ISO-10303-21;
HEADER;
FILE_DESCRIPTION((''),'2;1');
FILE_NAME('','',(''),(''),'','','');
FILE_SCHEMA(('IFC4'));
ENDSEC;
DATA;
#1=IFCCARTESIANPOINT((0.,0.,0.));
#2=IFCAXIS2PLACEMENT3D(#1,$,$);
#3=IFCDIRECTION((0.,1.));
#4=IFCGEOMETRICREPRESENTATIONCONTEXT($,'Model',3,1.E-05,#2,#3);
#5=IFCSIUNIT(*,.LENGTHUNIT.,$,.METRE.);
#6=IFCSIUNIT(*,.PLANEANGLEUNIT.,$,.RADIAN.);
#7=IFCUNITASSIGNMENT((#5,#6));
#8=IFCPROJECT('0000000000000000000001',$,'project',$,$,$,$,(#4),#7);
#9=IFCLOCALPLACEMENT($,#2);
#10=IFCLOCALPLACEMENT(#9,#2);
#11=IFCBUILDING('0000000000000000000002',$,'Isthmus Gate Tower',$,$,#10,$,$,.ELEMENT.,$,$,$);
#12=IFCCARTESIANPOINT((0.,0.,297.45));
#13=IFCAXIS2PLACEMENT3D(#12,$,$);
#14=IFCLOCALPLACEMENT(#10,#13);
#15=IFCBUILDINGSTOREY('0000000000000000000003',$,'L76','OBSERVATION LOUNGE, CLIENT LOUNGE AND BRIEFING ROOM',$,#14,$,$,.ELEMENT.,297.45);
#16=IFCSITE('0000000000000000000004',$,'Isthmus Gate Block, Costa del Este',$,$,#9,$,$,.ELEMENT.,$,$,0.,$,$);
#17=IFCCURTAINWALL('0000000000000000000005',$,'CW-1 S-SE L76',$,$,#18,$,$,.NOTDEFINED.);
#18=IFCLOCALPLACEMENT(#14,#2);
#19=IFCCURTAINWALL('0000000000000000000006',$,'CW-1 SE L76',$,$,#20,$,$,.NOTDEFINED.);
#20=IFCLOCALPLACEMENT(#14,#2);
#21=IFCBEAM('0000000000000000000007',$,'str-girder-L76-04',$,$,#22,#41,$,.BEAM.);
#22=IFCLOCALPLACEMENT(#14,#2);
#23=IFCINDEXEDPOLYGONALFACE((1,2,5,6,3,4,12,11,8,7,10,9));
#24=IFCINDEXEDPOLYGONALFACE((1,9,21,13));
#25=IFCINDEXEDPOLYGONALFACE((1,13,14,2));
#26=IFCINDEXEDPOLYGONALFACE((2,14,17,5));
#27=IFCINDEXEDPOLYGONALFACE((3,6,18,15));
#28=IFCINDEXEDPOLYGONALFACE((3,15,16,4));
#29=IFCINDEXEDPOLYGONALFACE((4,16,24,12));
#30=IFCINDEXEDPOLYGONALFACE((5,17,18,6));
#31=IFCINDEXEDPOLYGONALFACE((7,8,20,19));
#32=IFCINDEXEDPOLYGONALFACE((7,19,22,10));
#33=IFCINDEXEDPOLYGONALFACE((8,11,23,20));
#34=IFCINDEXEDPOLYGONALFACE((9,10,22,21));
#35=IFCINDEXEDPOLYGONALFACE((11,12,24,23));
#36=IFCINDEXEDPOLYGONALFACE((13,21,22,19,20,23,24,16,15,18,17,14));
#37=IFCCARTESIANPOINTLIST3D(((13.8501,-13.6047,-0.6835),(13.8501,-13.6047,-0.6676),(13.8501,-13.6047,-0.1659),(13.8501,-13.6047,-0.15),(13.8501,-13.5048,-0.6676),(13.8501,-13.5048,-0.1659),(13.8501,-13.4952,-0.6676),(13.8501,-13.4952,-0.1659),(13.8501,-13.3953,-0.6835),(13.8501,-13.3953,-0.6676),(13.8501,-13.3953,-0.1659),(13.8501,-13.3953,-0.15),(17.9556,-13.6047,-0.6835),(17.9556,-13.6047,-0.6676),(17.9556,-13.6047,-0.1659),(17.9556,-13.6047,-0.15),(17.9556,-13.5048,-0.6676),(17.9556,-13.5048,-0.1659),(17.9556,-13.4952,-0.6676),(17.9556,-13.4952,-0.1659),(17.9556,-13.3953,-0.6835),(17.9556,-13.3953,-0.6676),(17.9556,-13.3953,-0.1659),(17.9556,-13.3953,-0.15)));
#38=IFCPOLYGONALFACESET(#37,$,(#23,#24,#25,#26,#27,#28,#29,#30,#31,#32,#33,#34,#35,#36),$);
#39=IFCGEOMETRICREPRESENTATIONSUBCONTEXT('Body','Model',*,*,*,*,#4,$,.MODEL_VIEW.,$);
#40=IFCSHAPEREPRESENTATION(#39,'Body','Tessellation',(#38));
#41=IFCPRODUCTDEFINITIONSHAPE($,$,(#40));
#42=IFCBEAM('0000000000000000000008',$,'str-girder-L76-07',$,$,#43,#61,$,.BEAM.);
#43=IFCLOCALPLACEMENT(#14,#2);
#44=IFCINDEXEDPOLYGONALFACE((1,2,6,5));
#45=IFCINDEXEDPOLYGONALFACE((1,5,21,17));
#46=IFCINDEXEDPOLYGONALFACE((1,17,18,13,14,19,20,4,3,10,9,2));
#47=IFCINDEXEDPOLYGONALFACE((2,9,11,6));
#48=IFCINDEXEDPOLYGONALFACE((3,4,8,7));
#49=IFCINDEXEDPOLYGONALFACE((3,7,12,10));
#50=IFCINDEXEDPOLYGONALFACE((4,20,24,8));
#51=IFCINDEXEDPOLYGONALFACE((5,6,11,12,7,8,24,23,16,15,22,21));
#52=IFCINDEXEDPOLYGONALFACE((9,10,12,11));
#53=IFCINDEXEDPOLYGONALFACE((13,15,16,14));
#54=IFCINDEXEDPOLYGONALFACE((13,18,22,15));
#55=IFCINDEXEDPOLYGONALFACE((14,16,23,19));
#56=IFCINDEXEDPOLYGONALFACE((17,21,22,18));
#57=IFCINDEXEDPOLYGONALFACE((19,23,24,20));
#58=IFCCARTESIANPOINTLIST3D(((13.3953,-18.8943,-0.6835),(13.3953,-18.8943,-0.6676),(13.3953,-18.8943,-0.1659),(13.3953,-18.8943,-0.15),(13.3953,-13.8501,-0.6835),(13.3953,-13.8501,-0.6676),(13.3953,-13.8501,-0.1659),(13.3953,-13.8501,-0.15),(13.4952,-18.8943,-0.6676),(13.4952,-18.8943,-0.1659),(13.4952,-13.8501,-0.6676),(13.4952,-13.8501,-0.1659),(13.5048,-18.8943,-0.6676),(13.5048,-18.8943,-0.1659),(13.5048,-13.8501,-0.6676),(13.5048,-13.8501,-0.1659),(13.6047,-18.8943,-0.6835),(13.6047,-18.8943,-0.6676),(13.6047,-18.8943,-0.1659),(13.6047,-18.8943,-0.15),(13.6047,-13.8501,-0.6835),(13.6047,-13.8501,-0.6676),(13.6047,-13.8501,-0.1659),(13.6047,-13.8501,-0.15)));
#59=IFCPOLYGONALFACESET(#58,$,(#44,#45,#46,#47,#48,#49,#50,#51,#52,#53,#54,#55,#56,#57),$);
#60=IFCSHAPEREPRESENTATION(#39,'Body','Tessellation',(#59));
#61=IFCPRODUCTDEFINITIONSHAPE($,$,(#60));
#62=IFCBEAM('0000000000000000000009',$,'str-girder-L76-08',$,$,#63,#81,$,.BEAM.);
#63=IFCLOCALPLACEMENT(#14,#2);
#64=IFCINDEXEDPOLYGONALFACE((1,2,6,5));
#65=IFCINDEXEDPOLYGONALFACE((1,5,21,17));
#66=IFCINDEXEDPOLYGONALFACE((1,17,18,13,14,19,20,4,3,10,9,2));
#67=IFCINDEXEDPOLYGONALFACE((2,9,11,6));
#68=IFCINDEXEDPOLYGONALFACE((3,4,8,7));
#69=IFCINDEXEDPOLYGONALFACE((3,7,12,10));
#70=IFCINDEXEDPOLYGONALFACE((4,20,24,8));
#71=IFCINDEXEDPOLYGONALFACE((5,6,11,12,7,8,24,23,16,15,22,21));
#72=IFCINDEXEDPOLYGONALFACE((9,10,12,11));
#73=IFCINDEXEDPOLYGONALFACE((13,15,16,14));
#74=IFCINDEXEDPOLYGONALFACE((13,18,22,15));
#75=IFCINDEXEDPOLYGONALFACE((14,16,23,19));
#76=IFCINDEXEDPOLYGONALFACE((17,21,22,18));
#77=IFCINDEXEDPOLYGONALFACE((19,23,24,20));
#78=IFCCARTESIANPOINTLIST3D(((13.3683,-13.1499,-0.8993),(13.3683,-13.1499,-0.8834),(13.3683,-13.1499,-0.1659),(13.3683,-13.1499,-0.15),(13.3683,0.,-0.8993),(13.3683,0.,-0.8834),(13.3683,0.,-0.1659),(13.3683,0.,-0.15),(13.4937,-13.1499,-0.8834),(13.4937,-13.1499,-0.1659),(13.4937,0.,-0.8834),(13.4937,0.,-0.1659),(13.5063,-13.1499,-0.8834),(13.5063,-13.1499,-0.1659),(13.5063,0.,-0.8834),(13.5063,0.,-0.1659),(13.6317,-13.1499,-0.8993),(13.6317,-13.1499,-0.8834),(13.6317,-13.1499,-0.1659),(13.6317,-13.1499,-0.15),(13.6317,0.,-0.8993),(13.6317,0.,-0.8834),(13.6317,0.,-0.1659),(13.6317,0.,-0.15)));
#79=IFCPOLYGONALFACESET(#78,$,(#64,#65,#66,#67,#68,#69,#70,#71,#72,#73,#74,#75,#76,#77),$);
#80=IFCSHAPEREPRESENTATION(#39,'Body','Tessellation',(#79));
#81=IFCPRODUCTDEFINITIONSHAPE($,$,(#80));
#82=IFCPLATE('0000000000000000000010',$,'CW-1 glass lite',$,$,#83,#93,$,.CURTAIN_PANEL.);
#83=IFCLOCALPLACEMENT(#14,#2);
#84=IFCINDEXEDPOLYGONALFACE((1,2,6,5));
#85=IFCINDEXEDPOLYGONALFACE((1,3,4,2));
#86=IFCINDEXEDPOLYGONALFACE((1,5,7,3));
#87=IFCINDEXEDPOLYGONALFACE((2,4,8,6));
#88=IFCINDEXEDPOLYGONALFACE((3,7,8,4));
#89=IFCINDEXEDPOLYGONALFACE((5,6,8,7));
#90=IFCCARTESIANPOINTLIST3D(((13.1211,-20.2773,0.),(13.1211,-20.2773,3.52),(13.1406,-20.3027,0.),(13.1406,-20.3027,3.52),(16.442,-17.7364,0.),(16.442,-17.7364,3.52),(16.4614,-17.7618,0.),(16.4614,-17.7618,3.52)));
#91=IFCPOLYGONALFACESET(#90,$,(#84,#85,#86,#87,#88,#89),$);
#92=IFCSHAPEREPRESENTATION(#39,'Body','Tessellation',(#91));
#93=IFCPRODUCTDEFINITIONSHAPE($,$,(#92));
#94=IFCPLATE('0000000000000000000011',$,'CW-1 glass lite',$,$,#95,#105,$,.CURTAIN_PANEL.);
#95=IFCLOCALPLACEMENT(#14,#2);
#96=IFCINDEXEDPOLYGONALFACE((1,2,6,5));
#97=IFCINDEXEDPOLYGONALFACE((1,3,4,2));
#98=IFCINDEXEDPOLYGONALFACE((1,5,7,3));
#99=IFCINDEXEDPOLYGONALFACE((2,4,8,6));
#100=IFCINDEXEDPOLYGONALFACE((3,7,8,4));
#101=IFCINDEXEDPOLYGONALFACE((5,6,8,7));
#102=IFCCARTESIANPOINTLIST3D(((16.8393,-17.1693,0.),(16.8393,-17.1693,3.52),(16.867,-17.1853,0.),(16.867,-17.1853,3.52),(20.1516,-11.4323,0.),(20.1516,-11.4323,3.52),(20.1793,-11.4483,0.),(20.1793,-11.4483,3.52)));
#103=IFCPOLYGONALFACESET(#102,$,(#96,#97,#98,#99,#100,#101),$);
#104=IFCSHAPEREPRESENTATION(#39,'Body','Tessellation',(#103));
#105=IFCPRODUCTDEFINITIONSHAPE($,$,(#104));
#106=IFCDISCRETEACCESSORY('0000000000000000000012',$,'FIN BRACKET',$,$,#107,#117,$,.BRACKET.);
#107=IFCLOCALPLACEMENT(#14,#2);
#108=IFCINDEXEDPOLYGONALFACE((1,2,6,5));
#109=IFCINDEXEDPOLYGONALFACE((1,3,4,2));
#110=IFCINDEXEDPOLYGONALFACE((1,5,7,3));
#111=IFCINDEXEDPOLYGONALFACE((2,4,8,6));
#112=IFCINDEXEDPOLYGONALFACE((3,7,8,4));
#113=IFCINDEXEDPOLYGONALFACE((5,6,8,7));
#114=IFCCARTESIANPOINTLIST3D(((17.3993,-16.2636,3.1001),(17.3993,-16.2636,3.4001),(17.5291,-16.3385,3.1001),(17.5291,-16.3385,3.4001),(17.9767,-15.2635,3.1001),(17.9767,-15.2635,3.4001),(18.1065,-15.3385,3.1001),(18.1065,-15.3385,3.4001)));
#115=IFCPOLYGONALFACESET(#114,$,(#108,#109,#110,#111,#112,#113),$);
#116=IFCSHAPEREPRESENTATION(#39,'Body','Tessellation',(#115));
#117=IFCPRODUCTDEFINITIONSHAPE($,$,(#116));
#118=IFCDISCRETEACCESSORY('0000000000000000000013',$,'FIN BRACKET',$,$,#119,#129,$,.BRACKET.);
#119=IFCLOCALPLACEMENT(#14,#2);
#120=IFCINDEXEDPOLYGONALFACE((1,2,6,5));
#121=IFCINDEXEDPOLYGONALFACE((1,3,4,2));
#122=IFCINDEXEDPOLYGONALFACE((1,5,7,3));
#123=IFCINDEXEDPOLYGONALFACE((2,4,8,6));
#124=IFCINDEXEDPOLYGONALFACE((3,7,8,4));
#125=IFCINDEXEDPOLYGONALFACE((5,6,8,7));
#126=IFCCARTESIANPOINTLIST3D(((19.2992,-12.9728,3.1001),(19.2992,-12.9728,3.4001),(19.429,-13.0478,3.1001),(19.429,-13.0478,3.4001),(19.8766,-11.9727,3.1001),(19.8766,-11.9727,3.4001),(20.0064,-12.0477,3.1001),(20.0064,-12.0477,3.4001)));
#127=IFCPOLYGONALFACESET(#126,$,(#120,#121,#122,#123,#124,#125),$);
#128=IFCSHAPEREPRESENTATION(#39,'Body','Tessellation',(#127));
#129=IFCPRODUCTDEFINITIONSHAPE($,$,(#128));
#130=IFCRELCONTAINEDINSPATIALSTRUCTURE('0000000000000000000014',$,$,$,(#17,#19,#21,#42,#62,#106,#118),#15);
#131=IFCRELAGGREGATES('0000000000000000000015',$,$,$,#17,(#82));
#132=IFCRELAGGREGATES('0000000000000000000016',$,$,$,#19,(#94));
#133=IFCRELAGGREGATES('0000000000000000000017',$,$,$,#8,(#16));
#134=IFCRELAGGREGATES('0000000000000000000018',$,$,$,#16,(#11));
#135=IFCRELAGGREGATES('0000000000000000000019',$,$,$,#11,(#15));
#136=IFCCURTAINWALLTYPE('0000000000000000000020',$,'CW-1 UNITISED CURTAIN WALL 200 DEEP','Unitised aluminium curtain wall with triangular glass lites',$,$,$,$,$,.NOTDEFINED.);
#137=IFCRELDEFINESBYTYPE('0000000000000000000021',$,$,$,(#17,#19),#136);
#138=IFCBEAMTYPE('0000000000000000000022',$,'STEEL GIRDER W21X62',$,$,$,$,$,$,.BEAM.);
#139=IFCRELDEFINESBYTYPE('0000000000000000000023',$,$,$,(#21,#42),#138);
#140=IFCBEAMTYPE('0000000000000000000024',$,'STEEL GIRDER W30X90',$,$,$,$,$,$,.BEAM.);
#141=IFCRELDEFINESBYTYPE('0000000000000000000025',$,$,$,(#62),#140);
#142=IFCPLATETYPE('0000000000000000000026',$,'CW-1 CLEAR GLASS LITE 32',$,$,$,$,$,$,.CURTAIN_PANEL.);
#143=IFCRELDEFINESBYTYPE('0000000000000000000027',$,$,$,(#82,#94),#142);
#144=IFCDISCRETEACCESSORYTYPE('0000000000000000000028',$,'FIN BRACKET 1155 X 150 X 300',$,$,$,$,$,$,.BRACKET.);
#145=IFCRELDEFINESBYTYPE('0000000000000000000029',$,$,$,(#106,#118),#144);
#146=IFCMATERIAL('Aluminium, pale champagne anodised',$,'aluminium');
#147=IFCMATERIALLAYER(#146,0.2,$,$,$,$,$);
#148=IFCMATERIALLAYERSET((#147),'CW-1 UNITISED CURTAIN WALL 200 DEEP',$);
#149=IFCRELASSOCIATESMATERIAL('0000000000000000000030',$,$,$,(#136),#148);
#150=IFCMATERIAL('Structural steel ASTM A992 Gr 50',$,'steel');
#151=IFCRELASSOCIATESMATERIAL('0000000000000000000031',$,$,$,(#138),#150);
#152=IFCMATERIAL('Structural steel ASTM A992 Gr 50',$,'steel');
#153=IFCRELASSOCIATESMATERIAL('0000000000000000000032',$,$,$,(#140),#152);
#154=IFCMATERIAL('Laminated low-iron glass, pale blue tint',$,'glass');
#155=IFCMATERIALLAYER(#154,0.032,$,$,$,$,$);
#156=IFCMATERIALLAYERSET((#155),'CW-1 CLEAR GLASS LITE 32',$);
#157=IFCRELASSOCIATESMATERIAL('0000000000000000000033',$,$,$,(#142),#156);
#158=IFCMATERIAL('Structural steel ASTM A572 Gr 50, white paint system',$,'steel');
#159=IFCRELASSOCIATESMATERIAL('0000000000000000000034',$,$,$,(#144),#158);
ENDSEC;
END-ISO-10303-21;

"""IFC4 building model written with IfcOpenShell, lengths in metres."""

from ifc_helpers import new_model, si_unit, direction, frame, origin, origin_2d, place, context, subcontext, project, spatial, rectangle, i_section, extrude, material, layer, layer_set, material_profile, profile_set, type_object, element, aggregate, save


model = new_model("IFC4")

# Units and contexts
model_context = context("Model", 3, precision=1e-05, world=origin(), true_north=direction((0.0, 1.0)))
body_context = subcontext(model_context, "Body", "Model", "MODEL_VIEW")
ifc_project = project(units=[si_unit("LENGTHUNIT", "METRE"), si_unit("PLANEANGLEUNIT", "RADIAN")], contexts=[model_context])

# Site, building, storey
site_placement = place(None, origin())
site = spatial("IfcSite", under=ifc_project, at=site_placement, Name="Isthmus Gate Block, Costa del Este", CompositionType="ELEMENT", RefElevation=0.0)
building_placement = place(site_placement, origin())
building = spatial("IfcBuilding", under=site, at=building_placement, Name="Isthmus Gate Tower", CompositionType="ELEMENT")
storey_placement = place(building_placement, frame((0.0, 0.0, 297.45)))
storey = spatial("IfcBuildingStorey", under=building, at=storey_placement, Name="L76", Description="OBSERVATION LOUNGE, CLIENT LOUNGE AND BRIEFING ROOM", CompositionType="ELEMENT", Elevation=297.45)

# Curtain walls
ifc_material_1 = material(Name="Aluminium, pale champagne anodised", Category="aluminium")
ifc_layer_1 = layer(ifc_material_1, 0.2)
ifc_layer_set_1 = layer_set([ifc_layer_1], Name="CW-1 UNITISED CURTAIN WALL 200 DEEP")
curtain_wall_type = type_object("IfcCurtainWallType", Name="CW-1 UNITISED CURTAIN WALL 200 DEEP", Description="Unitised aluminium curtain wall with triangular glass lites", PredefinedType="NOTDEFINED", material=ifc_layer_set_1)
curtain_wall_1_placement = place(storey_placement, origin())
curtain_wall_1 = element("IfcCurtainWall", 1, at=curtain_wall_1_placement, inside=storey, type_object=curtain_wall_type, Name="CW-1 S-SE L76", PredefinedType="NOTDEFINED")
curtain_wall_2_placement = place(storey_placement, origin())
curtain_wall_2 = element("IfcCurtainWall", 2, at=curtain_wall_2_placement, inside=storey, type_object=curtain_wall_type, Name="CW-1 SE L76", PredefinedType="NOTDEFINED")

# Beams
ifc_material_2 = material(Name="Structural steel ASTM A992 Gr 50", Category="steel")
ifc_material_profile_1 = material_profile(ifc_material_2, i_section(OverallWidth=0.2095, OverallDepth=0.5334, WebThickness=0.0095, FlangeThickness=0.0159, at=origin_2d()), Name="W21X62")
ifc_profile_set_1 = profile_set([ifc_material_profile_1], Name="Structural steel ASTM A992 Gr 50")
beam_type_1 = type_object("IfcBeamType", Name="STEEL GIRDER W21X62", PredefinedType="BEAM", material=ifc_profile_set_1)
beam_1_placement = place(storey_placement, frame((13.8501, -13.5, -0.4167), z_axis=(1.0, 0.0, 0.0), x_axis=(0.0, 1.0, 0.0)))
element("IfcBeam", 3, at=beam_1_placement, inside=storey, type_object=beam_type_1, Name="str-girder-L76-04", PredefinedType="BEAM", context=body_context, shape_type="SweptSolid", body=[
    extrude(i_section(OverallWidth=0.2095, OverallDepth=0.5334, WebThickness=0.0095, FlangeThickness=0.0159, at=origin_2d()), origin(), (0.0, 0.0, 1.0), 4.1055),
])
beam_2_placement = place(storey_placement, frame((13.5, -18.8943, -0.4167), z_axis=(0.0, 1.0, 0.0), x_axis=(-1.0, 0.0, 0.0)))
element("IfcBeam", 4, at=beam_2_placement, inside=storey, type_object=beam_type_1, Name="str-girder-L76-07", PredefinedType="BEAM", context=body_context, shape_type="SweptSolid", body=[
    extrude(i_section(OverallWidth=0.2095, OverallDepth=0.5334, WebThickness=0.0095, FlangeThickness=0.0159, at=origin_2d()), origin(), (0.0, 0.0, 1.0), 5.0442),
])
ifc_material_3 = material(Name="Structural steel ASTM A992 Gr 50", Category="steel")
ifc_material_profile_2 = material_profile(ifc_material_3, i_section(OverallWidth=0.2634, OverallDepth=0.7493, WebThickness=0.0127, FlangeThickness=0.0159, at=origin_2d()), Name="W30X90")
ifc_profile_set_2 = profile_set([ifc_material_profile_2], Name="Structural steel ASTM A992 Gr 50")
beam_type_2 = type_object("IfcBeamType", Name="STEEL GIRDER W30X90", PredefinedType="BEAM", material=ifc_profile_set_2)
beam_3_placement = place(storey_placement, frame((13.5, -13.1499, -0.5247), z_axis=(0.0, 1.0, 0.0), x_axis=(-1.0, 0.0, 0.0)))
element("IfcBeam", 5, at=beam_3_placement, inside=storey, type_object=beam_type_2, Name="str-girder-L76-08", PredefinedType="BEAM", context=body_context, shape_type="SweptSolid", body=[
    extrude(i_section(OverallWidth=0.2634, OverallDepth=0.7493, WebThickness=0.0127, FlangeThickness=0.0159, at=origin_2d()), origin(), (0.0, 0.0, 1.0), 13.1499),
])

# Plates
ifc_material_4 = material(Name="Laminated low-iron glass, pale blue tint", Category="glass")
ifc_layer_2 = layer(ifc_material_4, 0.032)
ifc_layer_set_2 = layer_set([ifc_layer_2], Name="CW-1 CLEAR GLASS LITE 32")
plate_type = type_object("IfcPlateType", Name="CW-1 CLEAR GLASS LITE 32", PredefinedType="CURTAIN_PANEL", material=ifc_layer_set_2)
plate_1_placement = place(storey_placement, frame((14.7913, -19.0195, 0.0), z_axis=(0.0, 0.0, 1.0), x_axis=(0.794189, 0.607671, 0.0)))
plate_1 = element("IfcPlate", 6, at=plate_1_placement, type_object=plate_type, Name="CW-1 glass lite", PredefinedType="CURTAIN_PANEL", context=body_context, shape_type="SweptSolid", body=[
    extrude(rectangle(XDim=4.1814, YDim=0.032, at=origin_2d()), origin(), (0.0, 0.0, 1.0), 3.52),
])
aggregate(curtain_wall_1, [plate_1])
plate_2_placement = place(storey_placement, frame((18.5093, -14.3088, 0.0), z_axis=(0.0, 0.0, 1.0), x_axis=(0.5, 0.866025, 0.0)))
plate_2 = element("IfcPlate", 7, at=plate_2_placement, type_object=plate_type, Name="CW-1 glass lite", PredefinedType="CURTAIN_PANEL", context=body_context, shape_type="SweptSolid", body=[
    extrude(rectangle(XDim=6.6245, YDim=0.032, at=origin_2d()), origin(), (0.0, 0.0, 1.0), 3.52),
])
aggregate(curtain_wall_2, [plate_2])

# Discrete accessories
ifc_material_5 = material(Name="Structural steel ASTM A572 Gr 50, white paint system", Category="steel")
discrete_accessory_type = type_object("IfcDiscreteAccessoryType", Name="FIN BRACKET 1155 X 150 X 300", PredefinedType="BRACKET", material=ifc_material_5)
for number, where, z_axis, x_axis, name in (
    (8, (17.7529, -15.801, 3.1001), (0.0, 0.0, 1.0), (0.866025, -0.5, 0.0), "FIN BRACKET"),
    (9, (19.6528, -12.5103, 3.1001), (0.0, 0.0, 1.0), (0.866025, -0.5, 0.0), "FIN BRACKET"),
):
    element("IfcDiscreteAccessory", number, at=place(storey_placement, frame(where, z_axis=z_axis, x_axis=x_axis)), inside=storey, type_object=discrete_accessory_type, Name=name, PredefinedType="BRACKET", context=body_context, shape_type="SweptSolid", body=[
        extrude(rectangle(XDim=0.1499, YDim=1.1548, at=origin_2d()), origin(), (0.0, 0.0, 1.0), 0.3),
    ])

save(model, "model.ifc")
